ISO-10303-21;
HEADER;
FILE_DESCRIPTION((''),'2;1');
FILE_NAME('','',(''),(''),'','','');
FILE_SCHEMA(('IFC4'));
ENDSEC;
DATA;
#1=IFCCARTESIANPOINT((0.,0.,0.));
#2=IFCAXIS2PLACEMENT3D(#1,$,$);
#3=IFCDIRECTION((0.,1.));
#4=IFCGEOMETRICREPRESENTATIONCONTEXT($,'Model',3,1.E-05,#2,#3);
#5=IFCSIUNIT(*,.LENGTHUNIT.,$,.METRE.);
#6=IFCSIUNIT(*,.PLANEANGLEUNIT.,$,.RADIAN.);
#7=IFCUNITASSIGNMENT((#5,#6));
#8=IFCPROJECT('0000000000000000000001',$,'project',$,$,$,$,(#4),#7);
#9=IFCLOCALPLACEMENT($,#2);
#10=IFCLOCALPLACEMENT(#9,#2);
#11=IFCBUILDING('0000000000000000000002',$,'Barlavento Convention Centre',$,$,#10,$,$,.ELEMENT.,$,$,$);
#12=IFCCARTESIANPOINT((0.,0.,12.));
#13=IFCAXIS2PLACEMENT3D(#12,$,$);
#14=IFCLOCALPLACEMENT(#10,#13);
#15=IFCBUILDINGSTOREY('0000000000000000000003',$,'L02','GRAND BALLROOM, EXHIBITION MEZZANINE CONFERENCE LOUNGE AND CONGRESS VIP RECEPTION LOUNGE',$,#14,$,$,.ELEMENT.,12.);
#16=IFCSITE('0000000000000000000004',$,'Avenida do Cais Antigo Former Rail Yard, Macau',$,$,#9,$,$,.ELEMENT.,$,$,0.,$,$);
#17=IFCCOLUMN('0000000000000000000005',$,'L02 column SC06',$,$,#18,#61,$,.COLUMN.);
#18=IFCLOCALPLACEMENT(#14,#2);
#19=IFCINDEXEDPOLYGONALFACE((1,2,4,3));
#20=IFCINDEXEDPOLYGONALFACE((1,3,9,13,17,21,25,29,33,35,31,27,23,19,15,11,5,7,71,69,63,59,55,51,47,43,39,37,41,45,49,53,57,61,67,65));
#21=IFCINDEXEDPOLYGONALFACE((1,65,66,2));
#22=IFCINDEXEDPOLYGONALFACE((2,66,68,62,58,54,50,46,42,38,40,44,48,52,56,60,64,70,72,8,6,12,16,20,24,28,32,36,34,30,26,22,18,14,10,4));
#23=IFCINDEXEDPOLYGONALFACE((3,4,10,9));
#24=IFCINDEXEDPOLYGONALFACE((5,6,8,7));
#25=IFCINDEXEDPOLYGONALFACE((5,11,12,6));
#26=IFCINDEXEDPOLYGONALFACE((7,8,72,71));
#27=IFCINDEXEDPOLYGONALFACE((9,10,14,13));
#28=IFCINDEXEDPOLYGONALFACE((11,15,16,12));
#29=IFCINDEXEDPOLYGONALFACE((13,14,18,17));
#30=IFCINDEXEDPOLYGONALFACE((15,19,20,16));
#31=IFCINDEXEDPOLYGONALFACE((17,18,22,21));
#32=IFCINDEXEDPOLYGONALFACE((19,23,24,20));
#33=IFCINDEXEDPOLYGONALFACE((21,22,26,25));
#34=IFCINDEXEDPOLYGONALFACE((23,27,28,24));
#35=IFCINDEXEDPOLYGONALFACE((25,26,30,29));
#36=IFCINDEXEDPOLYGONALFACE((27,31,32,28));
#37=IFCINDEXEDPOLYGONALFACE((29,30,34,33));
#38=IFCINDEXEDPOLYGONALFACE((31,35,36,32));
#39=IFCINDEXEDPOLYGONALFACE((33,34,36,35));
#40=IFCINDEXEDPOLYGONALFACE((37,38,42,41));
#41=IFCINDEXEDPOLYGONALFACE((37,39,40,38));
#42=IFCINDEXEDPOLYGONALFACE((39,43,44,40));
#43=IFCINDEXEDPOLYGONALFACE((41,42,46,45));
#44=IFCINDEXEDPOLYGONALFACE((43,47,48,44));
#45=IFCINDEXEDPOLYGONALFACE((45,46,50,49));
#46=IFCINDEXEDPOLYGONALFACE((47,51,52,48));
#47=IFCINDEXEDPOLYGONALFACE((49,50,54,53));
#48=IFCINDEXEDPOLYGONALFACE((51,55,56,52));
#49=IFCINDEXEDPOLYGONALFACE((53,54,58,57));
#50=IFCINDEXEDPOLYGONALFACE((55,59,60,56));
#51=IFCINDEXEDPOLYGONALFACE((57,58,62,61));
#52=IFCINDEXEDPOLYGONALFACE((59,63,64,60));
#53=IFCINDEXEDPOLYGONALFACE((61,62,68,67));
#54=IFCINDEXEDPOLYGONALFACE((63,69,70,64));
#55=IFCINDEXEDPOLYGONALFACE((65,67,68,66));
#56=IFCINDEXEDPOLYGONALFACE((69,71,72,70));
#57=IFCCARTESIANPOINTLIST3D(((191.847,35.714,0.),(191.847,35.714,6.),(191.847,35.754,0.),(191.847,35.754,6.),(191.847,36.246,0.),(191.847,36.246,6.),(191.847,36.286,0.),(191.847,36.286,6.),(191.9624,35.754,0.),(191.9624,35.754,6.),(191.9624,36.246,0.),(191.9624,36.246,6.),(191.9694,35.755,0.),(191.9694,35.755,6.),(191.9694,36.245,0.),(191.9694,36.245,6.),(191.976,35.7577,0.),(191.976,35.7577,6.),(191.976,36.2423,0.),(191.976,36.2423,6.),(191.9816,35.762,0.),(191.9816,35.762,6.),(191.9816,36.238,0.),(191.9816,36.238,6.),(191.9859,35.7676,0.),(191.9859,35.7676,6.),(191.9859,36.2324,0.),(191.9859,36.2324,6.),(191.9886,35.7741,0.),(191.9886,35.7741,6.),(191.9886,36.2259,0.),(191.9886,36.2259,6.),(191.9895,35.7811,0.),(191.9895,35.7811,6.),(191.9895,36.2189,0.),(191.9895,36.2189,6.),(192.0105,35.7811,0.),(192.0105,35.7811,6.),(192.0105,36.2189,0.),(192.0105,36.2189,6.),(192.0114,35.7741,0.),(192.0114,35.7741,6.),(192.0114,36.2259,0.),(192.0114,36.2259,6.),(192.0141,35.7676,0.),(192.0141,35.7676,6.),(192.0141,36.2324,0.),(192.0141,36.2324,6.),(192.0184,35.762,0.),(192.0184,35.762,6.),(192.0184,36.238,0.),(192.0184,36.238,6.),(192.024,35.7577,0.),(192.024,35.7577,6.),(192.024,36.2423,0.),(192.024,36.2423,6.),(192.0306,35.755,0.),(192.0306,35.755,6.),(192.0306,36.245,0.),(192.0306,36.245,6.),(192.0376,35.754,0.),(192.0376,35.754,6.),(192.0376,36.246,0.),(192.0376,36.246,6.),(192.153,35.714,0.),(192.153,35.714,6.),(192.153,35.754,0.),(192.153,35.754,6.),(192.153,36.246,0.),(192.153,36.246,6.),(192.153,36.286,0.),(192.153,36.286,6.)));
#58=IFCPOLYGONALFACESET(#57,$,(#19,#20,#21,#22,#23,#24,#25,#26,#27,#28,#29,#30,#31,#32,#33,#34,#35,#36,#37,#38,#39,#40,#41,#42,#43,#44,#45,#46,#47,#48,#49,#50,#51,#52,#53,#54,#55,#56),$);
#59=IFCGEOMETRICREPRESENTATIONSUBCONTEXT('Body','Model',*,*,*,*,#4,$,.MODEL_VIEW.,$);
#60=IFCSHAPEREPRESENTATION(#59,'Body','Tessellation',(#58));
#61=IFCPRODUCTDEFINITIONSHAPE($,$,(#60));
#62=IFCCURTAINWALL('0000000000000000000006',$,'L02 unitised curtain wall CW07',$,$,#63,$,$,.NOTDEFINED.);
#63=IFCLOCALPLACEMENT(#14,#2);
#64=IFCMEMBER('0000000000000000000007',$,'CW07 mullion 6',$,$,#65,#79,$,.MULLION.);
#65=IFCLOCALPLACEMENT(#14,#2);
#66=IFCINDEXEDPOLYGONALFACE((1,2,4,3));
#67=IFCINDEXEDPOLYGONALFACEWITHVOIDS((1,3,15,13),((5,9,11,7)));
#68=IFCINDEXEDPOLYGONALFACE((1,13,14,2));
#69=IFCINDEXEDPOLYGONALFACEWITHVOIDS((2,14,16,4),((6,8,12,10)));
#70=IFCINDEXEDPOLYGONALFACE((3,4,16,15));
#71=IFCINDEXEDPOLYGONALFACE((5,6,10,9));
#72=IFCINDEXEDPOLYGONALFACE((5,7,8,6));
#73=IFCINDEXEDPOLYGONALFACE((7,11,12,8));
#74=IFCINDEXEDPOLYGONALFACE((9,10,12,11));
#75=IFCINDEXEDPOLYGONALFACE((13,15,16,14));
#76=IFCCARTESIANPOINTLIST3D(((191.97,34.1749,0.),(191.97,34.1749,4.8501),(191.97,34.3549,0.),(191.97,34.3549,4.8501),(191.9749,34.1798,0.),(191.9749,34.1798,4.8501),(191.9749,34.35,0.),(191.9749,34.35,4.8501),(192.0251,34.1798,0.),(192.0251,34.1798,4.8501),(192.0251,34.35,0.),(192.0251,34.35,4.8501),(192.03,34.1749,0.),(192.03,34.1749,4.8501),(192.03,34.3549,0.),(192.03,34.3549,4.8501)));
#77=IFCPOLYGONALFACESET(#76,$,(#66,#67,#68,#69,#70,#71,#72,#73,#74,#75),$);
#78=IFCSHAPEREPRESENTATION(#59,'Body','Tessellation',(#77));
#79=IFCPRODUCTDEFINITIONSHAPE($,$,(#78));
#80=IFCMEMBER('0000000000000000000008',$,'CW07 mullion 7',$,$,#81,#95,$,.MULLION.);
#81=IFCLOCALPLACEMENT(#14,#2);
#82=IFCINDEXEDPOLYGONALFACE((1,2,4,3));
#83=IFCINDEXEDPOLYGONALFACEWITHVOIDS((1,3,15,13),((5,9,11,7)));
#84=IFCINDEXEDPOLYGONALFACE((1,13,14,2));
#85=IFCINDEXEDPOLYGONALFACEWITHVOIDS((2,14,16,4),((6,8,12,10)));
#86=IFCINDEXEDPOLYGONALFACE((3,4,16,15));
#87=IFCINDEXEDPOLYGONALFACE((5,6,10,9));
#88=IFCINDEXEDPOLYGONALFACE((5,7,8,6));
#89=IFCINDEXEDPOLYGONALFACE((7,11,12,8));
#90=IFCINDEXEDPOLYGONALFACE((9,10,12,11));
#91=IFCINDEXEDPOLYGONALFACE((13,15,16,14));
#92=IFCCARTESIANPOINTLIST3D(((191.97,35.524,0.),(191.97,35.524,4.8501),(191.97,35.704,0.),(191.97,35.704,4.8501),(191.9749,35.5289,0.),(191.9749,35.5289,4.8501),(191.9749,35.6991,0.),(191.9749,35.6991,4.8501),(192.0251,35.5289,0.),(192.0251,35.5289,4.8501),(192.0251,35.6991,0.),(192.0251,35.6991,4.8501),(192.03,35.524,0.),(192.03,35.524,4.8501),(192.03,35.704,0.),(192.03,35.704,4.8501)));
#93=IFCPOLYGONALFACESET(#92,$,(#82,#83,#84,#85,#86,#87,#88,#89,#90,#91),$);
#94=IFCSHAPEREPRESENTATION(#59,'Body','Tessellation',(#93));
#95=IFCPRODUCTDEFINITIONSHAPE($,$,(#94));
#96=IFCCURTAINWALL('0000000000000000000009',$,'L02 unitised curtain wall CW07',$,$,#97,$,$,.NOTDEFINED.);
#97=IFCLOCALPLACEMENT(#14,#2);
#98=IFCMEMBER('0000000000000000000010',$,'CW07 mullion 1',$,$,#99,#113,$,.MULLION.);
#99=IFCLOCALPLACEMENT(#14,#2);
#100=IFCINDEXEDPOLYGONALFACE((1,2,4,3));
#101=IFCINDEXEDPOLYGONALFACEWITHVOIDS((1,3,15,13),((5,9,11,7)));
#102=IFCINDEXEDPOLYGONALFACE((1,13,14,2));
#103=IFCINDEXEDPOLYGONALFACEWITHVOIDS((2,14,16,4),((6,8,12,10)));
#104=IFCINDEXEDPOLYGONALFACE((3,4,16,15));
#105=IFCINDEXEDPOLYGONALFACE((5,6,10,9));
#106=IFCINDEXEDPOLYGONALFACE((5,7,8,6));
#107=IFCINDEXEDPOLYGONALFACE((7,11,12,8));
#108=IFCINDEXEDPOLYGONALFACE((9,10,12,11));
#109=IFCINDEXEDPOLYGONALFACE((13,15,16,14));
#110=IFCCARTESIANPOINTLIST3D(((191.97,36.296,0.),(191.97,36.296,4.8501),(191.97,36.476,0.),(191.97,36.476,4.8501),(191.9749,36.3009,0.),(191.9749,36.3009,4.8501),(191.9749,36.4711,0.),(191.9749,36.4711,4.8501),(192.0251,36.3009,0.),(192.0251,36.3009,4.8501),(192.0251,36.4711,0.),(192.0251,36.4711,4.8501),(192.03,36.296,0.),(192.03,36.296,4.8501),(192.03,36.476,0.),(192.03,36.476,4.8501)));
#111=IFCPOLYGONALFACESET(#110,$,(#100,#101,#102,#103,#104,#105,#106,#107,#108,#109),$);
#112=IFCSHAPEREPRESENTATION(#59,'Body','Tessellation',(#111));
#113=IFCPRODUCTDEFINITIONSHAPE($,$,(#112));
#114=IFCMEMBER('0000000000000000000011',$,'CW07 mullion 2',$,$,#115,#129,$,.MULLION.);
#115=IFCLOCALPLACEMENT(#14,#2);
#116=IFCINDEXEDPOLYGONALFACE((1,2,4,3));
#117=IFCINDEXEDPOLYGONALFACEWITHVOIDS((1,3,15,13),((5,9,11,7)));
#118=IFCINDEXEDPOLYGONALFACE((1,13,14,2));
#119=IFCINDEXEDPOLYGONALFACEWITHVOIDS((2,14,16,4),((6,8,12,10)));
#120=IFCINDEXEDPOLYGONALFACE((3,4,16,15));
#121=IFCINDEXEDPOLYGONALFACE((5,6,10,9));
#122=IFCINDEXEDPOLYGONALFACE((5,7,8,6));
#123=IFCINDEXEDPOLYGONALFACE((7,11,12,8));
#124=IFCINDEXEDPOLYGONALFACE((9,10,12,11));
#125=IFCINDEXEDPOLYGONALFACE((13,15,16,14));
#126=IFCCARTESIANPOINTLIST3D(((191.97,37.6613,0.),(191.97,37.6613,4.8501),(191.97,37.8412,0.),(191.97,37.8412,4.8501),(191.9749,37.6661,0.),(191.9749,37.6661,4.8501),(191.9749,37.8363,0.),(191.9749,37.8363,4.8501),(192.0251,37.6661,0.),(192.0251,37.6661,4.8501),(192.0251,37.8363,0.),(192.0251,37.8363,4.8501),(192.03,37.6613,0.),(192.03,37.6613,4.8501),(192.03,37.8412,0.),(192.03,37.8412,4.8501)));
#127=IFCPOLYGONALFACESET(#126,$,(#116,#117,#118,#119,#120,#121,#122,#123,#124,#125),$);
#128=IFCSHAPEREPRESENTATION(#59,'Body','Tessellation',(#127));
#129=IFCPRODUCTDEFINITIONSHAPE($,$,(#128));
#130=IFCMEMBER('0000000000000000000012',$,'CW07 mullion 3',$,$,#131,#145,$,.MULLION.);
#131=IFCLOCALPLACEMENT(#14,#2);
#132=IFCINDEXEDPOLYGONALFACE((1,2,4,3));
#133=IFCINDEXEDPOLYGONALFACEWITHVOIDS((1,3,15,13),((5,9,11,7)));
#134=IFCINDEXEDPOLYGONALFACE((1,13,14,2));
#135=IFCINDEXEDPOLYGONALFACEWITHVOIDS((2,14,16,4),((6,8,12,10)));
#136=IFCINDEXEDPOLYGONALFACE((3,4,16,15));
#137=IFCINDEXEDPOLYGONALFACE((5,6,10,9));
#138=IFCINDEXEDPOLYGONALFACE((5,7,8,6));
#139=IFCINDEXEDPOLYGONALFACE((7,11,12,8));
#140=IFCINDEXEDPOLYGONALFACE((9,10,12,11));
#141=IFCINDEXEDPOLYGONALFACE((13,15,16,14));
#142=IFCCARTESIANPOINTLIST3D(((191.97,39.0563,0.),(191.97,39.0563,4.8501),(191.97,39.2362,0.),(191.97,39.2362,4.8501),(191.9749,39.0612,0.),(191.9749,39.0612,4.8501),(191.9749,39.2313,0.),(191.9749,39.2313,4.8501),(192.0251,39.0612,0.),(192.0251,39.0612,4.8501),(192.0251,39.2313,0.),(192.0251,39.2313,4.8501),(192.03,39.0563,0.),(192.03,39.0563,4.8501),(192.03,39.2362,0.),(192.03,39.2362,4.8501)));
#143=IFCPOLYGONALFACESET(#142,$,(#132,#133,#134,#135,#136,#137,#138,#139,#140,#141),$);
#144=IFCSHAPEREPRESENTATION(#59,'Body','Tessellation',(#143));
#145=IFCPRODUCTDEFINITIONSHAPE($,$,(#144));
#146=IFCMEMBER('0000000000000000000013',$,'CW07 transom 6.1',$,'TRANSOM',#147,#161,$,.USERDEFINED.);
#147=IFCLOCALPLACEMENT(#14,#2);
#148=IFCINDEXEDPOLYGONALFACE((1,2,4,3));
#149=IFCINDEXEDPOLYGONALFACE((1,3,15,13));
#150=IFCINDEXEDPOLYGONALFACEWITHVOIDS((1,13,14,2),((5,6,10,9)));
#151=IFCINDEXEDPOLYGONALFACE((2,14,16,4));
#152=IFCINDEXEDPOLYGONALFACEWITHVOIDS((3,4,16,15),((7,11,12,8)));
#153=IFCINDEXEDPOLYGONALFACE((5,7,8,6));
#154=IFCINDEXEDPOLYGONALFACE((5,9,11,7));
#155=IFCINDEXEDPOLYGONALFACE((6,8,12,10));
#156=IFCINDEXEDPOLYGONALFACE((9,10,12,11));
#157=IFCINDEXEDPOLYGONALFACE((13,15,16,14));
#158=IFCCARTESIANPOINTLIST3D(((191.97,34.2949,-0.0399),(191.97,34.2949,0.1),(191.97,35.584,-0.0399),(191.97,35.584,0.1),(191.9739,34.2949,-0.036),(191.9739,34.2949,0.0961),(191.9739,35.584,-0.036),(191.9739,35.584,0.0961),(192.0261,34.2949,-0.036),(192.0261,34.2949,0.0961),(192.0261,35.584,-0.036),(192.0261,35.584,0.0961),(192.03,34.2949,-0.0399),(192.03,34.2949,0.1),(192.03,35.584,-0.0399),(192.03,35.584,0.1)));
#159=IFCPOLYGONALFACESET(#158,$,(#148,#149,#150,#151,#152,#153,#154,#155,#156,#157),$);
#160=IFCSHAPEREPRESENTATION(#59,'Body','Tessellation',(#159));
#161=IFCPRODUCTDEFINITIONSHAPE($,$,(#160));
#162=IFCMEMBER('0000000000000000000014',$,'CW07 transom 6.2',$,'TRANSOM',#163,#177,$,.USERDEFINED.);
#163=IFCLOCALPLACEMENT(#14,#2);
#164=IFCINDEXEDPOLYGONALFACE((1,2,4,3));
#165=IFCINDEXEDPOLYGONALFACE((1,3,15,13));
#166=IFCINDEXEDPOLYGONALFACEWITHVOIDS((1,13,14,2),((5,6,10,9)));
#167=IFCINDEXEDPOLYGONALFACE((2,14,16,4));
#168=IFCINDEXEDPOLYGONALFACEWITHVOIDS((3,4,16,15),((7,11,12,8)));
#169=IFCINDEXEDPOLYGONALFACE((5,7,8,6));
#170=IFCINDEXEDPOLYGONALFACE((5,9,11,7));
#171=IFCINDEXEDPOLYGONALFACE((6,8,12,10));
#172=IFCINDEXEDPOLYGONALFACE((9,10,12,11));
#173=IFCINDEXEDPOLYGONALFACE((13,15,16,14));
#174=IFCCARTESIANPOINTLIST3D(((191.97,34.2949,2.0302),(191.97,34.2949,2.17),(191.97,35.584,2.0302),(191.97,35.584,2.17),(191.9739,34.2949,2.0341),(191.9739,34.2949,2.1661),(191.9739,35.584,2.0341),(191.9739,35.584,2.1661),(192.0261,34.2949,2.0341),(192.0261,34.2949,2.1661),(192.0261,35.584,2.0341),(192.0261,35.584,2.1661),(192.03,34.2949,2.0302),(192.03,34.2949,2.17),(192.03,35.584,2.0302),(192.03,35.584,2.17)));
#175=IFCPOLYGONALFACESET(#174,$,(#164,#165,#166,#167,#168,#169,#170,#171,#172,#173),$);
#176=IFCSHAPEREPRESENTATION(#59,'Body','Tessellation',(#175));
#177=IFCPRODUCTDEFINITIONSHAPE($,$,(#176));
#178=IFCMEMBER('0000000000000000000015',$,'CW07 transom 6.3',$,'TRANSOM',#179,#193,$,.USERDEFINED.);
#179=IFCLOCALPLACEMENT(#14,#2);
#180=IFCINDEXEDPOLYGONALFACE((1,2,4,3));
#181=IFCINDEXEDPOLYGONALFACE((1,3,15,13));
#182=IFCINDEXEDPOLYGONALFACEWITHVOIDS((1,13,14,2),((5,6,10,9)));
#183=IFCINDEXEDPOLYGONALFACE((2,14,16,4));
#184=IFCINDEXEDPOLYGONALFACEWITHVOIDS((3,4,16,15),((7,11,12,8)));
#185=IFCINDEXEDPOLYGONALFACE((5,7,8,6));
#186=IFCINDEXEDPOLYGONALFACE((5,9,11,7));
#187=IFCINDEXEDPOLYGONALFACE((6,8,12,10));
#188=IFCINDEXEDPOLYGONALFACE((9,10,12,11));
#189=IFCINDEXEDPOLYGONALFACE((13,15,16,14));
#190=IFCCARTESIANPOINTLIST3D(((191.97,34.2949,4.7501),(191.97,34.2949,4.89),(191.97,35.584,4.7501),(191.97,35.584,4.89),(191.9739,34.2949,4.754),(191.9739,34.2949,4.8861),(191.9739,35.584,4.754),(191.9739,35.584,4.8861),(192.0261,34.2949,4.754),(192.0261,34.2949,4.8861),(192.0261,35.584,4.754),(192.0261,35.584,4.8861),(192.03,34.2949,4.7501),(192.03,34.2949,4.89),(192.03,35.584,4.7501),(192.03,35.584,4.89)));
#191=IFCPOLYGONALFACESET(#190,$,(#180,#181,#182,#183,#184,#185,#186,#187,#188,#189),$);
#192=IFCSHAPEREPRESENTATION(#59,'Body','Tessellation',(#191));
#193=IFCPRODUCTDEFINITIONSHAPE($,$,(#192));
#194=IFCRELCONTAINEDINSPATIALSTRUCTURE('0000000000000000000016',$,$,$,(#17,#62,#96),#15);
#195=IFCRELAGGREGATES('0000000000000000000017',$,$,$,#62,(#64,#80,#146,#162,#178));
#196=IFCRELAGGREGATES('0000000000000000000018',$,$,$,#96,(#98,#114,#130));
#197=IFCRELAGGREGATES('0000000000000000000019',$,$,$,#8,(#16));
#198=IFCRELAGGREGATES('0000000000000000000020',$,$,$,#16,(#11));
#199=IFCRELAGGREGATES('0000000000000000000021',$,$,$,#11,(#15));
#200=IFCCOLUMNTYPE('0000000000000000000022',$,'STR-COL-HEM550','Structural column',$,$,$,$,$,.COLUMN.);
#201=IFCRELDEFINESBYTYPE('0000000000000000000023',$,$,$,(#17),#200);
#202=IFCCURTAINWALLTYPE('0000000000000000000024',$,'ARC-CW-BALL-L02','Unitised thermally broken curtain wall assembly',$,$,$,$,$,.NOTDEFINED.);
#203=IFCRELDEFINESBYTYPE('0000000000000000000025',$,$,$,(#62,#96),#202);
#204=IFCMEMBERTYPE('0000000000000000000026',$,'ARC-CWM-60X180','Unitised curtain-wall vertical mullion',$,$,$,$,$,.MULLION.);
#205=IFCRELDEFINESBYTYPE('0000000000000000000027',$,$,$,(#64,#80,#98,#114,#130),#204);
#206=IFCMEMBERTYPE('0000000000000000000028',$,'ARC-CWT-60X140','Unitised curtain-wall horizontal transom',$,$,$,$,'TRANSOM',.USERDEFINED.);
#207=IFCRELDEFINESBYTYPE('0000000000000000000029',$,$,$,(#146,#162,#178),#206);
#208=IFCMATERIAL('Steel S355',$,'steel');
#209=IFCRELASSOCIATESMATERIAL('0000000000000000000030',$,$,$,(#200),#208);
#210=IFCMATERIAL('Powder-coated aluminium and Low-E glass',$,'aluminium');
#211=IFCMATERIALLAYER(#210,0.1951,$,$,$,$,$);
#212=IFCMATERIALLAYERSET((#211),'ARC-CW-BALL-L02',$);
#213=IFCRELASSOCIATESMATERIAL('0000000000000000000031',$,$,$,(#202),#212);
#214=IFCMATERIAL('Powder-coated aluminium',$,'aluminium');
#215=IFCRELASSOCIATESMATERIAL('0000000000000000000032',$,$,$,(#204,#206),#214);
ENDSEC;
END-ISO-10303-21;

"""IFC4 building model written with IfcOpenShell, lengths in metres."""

from ifc_helpers import new_model, si_unit, direction, frame, origin, origin_2d, place, context, subcontext, project, spatial, hollow_rectangle, i_section, extrude, material, layer, layer_set, material_profile, profile_set, type_object, element, aggregate, save


model = new_model("IFC4")

# Units and contexts
model_context = context("Model", 3, precision=1e-05, world=origin(), true_north=direction((0.0, 1.0)))
body_context = subcontext(model_context, "Body", "Model", "MODEL_VIEW")
ifc_project = project(units=[si_unit("LENGTHUNIT", "METRE"), si_unit("PLANEANGLEUNIT", "RADIAN")], contexts=[model_context])

# Site, building, storey
site_placement = place(None, origin())
site = spatial("IfcSite", under=ifc_project, at=site_placement, Name="Avenida do Cais Antigo Former Rail Yard, Macau", CompositionType="ELEMENT", RefElevation=0.0)
building_placement = place(site_placement, origin())
building = spatial("IfcBuilding", under=site, at=building_placement, Name="Barlavento Convention Centre", CompositionType="ELEMENT")
storey_placement = place(building_placement, frame((0.0, 0.0, 12.0)))
storey = spatial("IfcBuildingStorey", under=building, at=storey_placement, Name="L02", Description="GRAND BALLROOM, EXHIBITION MEZZANINE CONFERENCE LOUNGE AND CONGRESS VIP RECEPTION LOUNGE", CompositionType="ELEMENT", Elevation=12.0)

# Column
ifc_material_1 = material(Name="Steel S355", Category="steel")
ifc_material_profile_1 = material_profile(ifc_material_1, i_section(OverallWidth=0.3059, OverallDepth=0.572, WebThickness=0.021, FlangeThickness=0.04, FilletRadius=0.0271, at=origin_2d()), Name="HEM 550")
ifc_profile_set_1 = profile_set([ifc_material_profile_1], Name="Steel S355")
column_type = type_object("IfcColumnType", Name="STR-COL-HEM550", Description="Structural column", PredefinedType="COLUMN", material=ifc_profile_set_1)
column_placement = place(storey_placement, frame((192.0, 36.0, 0.0), z_axis=(0.0, 0.0, 1.0), x_axis=(1.0, 0.0, 0.0)))
element("IfcColumn", 1, at=column_placement, inside=storey, type_object=column_type, Name="L02 column SC06", PredefinedType="COLUMN", context=body_context, shape_type="SweptSolid", body=[
    extrude(i_section(OverallWidth=0.3059, OverallDepth=0.572, WebThickness=0.021, FlangeThickness=0.04, FilletRadius=0.0271, at=origin_2d()), origin(), (0.0, 0.0, 1.0), 6.0),
])

# Curtain walls, members
ifc_material_2 = material(Name="Powder-coated aluminium and Low-E glass", Category="aluminium")
ifc_layer_1 = layer(ifc_material_2, 0.1951)
ifc_layer_set_1 = layer_set([ifc_layer_1], Name="ARC-CW-BALL-L02")
curtain_wall_type = type_object("IfcCurtainWallType", Name="ARC-CW-BALL-L02", Description="Unitised thermally broken curtain wall assembly", PredefinedType="NOTDEFINED", material=ifc_layer_set_1)
curtain_wall_1_placement = place(storey_placement, origin())
curtain_wall_1 = element("IfcCurtainWall", 2, at=curtain_wall_1_placement, inside=storey, type_object=curtain_wall_type, Name="L02 unitised curtain wall CW07", PredefinedType="NOTDEFINED")
ifc_material_3 = material(Name="Powder-coated aluminium", Category="aluminium")
ifc_material_profile_2 = material_profile(ifc_material_3, hollow_rectangle(XDim=0.0601, YDim=0.1799, WallThickness=0.0049, at=origin_2d()), Name="AL-MULL 60x180x5")
ifc_profile_set_2 = profile_set([ifc_material_profile_2], Name="Powder-coated aluminium")
member_type_1 = type_object("IfcMemberType", Name="ARC-CWM-60X180", Description="Unitised curtain-wall vertical mullion", PredefinedType="MULLION", material=ifc_profile_set_2)
member_1_placement = place(storey_placement, frame((192.0, 34.2649, 0.0), z_axis=(0.0, 0.0, 1.0), x_axis=(-1.0, 0.0, 0.0)))
member_1 = element("IfcMember", 3, at=member_1_placement, type_object=member_type_1, Name="CW07 mullion 6", PredefinedType="MULLION", context=body_context, shape_type="SweptSolid", body=[
    extrude(hollow_rectangle(XDim=0.0601, YDim=0.1799, WallThickness=0.0049, at=origin_2d()), origin(), (0.0, 0.0, 1.0), 4.8501),
])
member_2_placement = place(storey_placement, frame((192.0, 35.614, 0.0), z_axis=(0.0, 0.0, 1.0), x_axis=(-1.0, 0.0, 0.0)))
member_2 = element("IfcMember", 4, at=member_2_placement, type_object=member_type_1, Name="CW07 mullion 7", PredefinedType="MULLION", context=body_context, shape_type="SweptSolid", body=[
    extrude(hollow_rectangle(XDim=0.0601, YDim=0.1799, WallThickness=0.0049, at=origin_2d()), origin(), (0.0, 0.0, 1.0), 4.8501),
])
curtain_wall_2_placement = place(storey_placement, origin())
curtain_wall_2 = element("IfcCurtainWall", 5, at=curtain_wall_2_placement, inside=storey, type_object=curtain_wall_type, Name="L02 unitised curtain wall CW07", PredefinedType="NOTDEFINED")
member_3_placement = place(storey_placement, frame((192.0, 36.386, 0.0), z_axis=(0.0, 0.0, 1.0), x_axis=(-1.0, 0.0, 0.0)))
member_3 = element("IfcMember", 6, at=member_3_placement, type_object=member_type_1, Name="CW07 mullion 1", PredefinedType="MULLION", context=body_context, shape_type="SweptSolid", body=[
    extrude(hollow_rectangle(XDim=0.0601, YDim=0.1799, WallThickness=0.0049, at=origin_2d()), origin(), (0.0, 0.0, 1.0), 4.8501),
])
member_4_placement = place(storey_placement, frame((192.0, 37.7512, 0.0), z_axis=(0.0, 0.0, 1.0), x_axis=(-1.0, 0.0, 0.0)))
member_4 = element("IfcMember", 7, at=member_4_placement, type_object=member_type_1, Name="CW07 mullion 2", PredefinedType="MULLION", context=body_context, shape_type="SweptSolid", body=[
    extrude(hollow_rectangle(XDim=0.0601, YDim=0.1799, WallThickness=0.0049, at=origin_2d()), origin(), (0.0, 0.0, 1.0), 4.8501),
])
member_5_placement = place(storey_placement, frame((192.0, 39.1462, 0.0), z_axis=(0.0, 0.0, 1.0), x_axis=(-1.0, 0.0, 0.0)))
member_5 = element("IfcMember", 8, at=member_5_placement, type_object=member_type_1, Name="CW07 mullion 3", PredefinedType="MULLION", context=body_context, shape_type="SweptSolid", body=[
    extrude(hollow_rectangle(XDim=0.0601, YDim=0.1799, WallThickness=0.0049, at=origin_2d()), origin(), (0.0, 0.0, 1.0), 4.8501),
])

# Members
ifc_material_profile_3 = material_profile(ifc_material_3, hollow_rectangle(XDim=0.0601, YDim=0.1399, WallThickness=0.0039, at=origin_2d()), Name="AL-TRAN 60x140x4")
ifc_profile_set_3 = profile_set([ifc_material_profile_3], Name="Powder-coated aluminium")
member_type_2 = type_object("IfcMemberType", Name="ARC-CWT-60X140", Description="Unitised curtain-wall horizontal transom", ElementType="TRANSOM", PredefinedType="USERDEFINED", material=ifc_profile_set_3)
member_6_placement = place(storey_placement, frame((192.0, 34.2949, 0.03), z_axis=(0.0, 1.0, 0.0), x_axis=(-1.0, 0.0, 0.0)))
member_6 = element("IfcMember", 9, at=member_6_placement, type_object=member_type_2, Name="CW07 transom 6.1", ObjectType="TRANSOM", PredefinedType="USERDEFINED", context=body_context, shape_type="SweptSolid", body=[
    extrude(hollow_rectangle(XDim=0.0601, YDim=0.1399, WallThickness=0.0039, at=origin_2d()), origin(), (0.0, 0.0, 1.0), 1.2891),
])
member_7_placement = place(storey_placement, frame((192.0, 34.2949, 2.1001), z_axis=(0.0, 1.0, 0.0), x_axis=(-1.0, 0.0, 0.0)))
member_7 = element("IfcMember", 10, at=member_7_placement, type_object=member_type_2, Name="CW07 transom 6.2", ObjectType="TRANSOM", PredefinedType="USERDEFINED", context=body_context, shape_type="SweptSolid", body=[
    extrude(hollow_rectangle(XDim=0.0601, YDim=0.1399, WallThickness=0.0039, at=origin_2d()), origin(), (0.0, 0.0, 1.0), 1.2891),
])
member_8_placement = place(storey_placement, frame((192.0, 34.2949, 4.8201), z_axis=(0.0, 1.0, 0.0), x_axis=(-1.0, 0.0, 0.0)))
member_8 = element("IfcMember", 11, at=member_8_placement, type_object=member_type_2, Name="CW07 transom 6.3", ObjectType="TRANSOM", PredefinedType="USERDEFINED", context=body_context, shape_type="SweptSolid", body=[
    extrude(hollow_rectangle(XDim=0.0601, YDim=0.1399, WallThickness=0.0039, at=origin_2d()), origin(), (0.0, 0.0, 1.0), 1.2891),
])

aggregate(curtain_wall_1, [member_1, member_2, member_6, member_7, member_8])
aggregate(curtain_wall_2, [member_3, member_4, member_5])

save(model, "model.ifc")
